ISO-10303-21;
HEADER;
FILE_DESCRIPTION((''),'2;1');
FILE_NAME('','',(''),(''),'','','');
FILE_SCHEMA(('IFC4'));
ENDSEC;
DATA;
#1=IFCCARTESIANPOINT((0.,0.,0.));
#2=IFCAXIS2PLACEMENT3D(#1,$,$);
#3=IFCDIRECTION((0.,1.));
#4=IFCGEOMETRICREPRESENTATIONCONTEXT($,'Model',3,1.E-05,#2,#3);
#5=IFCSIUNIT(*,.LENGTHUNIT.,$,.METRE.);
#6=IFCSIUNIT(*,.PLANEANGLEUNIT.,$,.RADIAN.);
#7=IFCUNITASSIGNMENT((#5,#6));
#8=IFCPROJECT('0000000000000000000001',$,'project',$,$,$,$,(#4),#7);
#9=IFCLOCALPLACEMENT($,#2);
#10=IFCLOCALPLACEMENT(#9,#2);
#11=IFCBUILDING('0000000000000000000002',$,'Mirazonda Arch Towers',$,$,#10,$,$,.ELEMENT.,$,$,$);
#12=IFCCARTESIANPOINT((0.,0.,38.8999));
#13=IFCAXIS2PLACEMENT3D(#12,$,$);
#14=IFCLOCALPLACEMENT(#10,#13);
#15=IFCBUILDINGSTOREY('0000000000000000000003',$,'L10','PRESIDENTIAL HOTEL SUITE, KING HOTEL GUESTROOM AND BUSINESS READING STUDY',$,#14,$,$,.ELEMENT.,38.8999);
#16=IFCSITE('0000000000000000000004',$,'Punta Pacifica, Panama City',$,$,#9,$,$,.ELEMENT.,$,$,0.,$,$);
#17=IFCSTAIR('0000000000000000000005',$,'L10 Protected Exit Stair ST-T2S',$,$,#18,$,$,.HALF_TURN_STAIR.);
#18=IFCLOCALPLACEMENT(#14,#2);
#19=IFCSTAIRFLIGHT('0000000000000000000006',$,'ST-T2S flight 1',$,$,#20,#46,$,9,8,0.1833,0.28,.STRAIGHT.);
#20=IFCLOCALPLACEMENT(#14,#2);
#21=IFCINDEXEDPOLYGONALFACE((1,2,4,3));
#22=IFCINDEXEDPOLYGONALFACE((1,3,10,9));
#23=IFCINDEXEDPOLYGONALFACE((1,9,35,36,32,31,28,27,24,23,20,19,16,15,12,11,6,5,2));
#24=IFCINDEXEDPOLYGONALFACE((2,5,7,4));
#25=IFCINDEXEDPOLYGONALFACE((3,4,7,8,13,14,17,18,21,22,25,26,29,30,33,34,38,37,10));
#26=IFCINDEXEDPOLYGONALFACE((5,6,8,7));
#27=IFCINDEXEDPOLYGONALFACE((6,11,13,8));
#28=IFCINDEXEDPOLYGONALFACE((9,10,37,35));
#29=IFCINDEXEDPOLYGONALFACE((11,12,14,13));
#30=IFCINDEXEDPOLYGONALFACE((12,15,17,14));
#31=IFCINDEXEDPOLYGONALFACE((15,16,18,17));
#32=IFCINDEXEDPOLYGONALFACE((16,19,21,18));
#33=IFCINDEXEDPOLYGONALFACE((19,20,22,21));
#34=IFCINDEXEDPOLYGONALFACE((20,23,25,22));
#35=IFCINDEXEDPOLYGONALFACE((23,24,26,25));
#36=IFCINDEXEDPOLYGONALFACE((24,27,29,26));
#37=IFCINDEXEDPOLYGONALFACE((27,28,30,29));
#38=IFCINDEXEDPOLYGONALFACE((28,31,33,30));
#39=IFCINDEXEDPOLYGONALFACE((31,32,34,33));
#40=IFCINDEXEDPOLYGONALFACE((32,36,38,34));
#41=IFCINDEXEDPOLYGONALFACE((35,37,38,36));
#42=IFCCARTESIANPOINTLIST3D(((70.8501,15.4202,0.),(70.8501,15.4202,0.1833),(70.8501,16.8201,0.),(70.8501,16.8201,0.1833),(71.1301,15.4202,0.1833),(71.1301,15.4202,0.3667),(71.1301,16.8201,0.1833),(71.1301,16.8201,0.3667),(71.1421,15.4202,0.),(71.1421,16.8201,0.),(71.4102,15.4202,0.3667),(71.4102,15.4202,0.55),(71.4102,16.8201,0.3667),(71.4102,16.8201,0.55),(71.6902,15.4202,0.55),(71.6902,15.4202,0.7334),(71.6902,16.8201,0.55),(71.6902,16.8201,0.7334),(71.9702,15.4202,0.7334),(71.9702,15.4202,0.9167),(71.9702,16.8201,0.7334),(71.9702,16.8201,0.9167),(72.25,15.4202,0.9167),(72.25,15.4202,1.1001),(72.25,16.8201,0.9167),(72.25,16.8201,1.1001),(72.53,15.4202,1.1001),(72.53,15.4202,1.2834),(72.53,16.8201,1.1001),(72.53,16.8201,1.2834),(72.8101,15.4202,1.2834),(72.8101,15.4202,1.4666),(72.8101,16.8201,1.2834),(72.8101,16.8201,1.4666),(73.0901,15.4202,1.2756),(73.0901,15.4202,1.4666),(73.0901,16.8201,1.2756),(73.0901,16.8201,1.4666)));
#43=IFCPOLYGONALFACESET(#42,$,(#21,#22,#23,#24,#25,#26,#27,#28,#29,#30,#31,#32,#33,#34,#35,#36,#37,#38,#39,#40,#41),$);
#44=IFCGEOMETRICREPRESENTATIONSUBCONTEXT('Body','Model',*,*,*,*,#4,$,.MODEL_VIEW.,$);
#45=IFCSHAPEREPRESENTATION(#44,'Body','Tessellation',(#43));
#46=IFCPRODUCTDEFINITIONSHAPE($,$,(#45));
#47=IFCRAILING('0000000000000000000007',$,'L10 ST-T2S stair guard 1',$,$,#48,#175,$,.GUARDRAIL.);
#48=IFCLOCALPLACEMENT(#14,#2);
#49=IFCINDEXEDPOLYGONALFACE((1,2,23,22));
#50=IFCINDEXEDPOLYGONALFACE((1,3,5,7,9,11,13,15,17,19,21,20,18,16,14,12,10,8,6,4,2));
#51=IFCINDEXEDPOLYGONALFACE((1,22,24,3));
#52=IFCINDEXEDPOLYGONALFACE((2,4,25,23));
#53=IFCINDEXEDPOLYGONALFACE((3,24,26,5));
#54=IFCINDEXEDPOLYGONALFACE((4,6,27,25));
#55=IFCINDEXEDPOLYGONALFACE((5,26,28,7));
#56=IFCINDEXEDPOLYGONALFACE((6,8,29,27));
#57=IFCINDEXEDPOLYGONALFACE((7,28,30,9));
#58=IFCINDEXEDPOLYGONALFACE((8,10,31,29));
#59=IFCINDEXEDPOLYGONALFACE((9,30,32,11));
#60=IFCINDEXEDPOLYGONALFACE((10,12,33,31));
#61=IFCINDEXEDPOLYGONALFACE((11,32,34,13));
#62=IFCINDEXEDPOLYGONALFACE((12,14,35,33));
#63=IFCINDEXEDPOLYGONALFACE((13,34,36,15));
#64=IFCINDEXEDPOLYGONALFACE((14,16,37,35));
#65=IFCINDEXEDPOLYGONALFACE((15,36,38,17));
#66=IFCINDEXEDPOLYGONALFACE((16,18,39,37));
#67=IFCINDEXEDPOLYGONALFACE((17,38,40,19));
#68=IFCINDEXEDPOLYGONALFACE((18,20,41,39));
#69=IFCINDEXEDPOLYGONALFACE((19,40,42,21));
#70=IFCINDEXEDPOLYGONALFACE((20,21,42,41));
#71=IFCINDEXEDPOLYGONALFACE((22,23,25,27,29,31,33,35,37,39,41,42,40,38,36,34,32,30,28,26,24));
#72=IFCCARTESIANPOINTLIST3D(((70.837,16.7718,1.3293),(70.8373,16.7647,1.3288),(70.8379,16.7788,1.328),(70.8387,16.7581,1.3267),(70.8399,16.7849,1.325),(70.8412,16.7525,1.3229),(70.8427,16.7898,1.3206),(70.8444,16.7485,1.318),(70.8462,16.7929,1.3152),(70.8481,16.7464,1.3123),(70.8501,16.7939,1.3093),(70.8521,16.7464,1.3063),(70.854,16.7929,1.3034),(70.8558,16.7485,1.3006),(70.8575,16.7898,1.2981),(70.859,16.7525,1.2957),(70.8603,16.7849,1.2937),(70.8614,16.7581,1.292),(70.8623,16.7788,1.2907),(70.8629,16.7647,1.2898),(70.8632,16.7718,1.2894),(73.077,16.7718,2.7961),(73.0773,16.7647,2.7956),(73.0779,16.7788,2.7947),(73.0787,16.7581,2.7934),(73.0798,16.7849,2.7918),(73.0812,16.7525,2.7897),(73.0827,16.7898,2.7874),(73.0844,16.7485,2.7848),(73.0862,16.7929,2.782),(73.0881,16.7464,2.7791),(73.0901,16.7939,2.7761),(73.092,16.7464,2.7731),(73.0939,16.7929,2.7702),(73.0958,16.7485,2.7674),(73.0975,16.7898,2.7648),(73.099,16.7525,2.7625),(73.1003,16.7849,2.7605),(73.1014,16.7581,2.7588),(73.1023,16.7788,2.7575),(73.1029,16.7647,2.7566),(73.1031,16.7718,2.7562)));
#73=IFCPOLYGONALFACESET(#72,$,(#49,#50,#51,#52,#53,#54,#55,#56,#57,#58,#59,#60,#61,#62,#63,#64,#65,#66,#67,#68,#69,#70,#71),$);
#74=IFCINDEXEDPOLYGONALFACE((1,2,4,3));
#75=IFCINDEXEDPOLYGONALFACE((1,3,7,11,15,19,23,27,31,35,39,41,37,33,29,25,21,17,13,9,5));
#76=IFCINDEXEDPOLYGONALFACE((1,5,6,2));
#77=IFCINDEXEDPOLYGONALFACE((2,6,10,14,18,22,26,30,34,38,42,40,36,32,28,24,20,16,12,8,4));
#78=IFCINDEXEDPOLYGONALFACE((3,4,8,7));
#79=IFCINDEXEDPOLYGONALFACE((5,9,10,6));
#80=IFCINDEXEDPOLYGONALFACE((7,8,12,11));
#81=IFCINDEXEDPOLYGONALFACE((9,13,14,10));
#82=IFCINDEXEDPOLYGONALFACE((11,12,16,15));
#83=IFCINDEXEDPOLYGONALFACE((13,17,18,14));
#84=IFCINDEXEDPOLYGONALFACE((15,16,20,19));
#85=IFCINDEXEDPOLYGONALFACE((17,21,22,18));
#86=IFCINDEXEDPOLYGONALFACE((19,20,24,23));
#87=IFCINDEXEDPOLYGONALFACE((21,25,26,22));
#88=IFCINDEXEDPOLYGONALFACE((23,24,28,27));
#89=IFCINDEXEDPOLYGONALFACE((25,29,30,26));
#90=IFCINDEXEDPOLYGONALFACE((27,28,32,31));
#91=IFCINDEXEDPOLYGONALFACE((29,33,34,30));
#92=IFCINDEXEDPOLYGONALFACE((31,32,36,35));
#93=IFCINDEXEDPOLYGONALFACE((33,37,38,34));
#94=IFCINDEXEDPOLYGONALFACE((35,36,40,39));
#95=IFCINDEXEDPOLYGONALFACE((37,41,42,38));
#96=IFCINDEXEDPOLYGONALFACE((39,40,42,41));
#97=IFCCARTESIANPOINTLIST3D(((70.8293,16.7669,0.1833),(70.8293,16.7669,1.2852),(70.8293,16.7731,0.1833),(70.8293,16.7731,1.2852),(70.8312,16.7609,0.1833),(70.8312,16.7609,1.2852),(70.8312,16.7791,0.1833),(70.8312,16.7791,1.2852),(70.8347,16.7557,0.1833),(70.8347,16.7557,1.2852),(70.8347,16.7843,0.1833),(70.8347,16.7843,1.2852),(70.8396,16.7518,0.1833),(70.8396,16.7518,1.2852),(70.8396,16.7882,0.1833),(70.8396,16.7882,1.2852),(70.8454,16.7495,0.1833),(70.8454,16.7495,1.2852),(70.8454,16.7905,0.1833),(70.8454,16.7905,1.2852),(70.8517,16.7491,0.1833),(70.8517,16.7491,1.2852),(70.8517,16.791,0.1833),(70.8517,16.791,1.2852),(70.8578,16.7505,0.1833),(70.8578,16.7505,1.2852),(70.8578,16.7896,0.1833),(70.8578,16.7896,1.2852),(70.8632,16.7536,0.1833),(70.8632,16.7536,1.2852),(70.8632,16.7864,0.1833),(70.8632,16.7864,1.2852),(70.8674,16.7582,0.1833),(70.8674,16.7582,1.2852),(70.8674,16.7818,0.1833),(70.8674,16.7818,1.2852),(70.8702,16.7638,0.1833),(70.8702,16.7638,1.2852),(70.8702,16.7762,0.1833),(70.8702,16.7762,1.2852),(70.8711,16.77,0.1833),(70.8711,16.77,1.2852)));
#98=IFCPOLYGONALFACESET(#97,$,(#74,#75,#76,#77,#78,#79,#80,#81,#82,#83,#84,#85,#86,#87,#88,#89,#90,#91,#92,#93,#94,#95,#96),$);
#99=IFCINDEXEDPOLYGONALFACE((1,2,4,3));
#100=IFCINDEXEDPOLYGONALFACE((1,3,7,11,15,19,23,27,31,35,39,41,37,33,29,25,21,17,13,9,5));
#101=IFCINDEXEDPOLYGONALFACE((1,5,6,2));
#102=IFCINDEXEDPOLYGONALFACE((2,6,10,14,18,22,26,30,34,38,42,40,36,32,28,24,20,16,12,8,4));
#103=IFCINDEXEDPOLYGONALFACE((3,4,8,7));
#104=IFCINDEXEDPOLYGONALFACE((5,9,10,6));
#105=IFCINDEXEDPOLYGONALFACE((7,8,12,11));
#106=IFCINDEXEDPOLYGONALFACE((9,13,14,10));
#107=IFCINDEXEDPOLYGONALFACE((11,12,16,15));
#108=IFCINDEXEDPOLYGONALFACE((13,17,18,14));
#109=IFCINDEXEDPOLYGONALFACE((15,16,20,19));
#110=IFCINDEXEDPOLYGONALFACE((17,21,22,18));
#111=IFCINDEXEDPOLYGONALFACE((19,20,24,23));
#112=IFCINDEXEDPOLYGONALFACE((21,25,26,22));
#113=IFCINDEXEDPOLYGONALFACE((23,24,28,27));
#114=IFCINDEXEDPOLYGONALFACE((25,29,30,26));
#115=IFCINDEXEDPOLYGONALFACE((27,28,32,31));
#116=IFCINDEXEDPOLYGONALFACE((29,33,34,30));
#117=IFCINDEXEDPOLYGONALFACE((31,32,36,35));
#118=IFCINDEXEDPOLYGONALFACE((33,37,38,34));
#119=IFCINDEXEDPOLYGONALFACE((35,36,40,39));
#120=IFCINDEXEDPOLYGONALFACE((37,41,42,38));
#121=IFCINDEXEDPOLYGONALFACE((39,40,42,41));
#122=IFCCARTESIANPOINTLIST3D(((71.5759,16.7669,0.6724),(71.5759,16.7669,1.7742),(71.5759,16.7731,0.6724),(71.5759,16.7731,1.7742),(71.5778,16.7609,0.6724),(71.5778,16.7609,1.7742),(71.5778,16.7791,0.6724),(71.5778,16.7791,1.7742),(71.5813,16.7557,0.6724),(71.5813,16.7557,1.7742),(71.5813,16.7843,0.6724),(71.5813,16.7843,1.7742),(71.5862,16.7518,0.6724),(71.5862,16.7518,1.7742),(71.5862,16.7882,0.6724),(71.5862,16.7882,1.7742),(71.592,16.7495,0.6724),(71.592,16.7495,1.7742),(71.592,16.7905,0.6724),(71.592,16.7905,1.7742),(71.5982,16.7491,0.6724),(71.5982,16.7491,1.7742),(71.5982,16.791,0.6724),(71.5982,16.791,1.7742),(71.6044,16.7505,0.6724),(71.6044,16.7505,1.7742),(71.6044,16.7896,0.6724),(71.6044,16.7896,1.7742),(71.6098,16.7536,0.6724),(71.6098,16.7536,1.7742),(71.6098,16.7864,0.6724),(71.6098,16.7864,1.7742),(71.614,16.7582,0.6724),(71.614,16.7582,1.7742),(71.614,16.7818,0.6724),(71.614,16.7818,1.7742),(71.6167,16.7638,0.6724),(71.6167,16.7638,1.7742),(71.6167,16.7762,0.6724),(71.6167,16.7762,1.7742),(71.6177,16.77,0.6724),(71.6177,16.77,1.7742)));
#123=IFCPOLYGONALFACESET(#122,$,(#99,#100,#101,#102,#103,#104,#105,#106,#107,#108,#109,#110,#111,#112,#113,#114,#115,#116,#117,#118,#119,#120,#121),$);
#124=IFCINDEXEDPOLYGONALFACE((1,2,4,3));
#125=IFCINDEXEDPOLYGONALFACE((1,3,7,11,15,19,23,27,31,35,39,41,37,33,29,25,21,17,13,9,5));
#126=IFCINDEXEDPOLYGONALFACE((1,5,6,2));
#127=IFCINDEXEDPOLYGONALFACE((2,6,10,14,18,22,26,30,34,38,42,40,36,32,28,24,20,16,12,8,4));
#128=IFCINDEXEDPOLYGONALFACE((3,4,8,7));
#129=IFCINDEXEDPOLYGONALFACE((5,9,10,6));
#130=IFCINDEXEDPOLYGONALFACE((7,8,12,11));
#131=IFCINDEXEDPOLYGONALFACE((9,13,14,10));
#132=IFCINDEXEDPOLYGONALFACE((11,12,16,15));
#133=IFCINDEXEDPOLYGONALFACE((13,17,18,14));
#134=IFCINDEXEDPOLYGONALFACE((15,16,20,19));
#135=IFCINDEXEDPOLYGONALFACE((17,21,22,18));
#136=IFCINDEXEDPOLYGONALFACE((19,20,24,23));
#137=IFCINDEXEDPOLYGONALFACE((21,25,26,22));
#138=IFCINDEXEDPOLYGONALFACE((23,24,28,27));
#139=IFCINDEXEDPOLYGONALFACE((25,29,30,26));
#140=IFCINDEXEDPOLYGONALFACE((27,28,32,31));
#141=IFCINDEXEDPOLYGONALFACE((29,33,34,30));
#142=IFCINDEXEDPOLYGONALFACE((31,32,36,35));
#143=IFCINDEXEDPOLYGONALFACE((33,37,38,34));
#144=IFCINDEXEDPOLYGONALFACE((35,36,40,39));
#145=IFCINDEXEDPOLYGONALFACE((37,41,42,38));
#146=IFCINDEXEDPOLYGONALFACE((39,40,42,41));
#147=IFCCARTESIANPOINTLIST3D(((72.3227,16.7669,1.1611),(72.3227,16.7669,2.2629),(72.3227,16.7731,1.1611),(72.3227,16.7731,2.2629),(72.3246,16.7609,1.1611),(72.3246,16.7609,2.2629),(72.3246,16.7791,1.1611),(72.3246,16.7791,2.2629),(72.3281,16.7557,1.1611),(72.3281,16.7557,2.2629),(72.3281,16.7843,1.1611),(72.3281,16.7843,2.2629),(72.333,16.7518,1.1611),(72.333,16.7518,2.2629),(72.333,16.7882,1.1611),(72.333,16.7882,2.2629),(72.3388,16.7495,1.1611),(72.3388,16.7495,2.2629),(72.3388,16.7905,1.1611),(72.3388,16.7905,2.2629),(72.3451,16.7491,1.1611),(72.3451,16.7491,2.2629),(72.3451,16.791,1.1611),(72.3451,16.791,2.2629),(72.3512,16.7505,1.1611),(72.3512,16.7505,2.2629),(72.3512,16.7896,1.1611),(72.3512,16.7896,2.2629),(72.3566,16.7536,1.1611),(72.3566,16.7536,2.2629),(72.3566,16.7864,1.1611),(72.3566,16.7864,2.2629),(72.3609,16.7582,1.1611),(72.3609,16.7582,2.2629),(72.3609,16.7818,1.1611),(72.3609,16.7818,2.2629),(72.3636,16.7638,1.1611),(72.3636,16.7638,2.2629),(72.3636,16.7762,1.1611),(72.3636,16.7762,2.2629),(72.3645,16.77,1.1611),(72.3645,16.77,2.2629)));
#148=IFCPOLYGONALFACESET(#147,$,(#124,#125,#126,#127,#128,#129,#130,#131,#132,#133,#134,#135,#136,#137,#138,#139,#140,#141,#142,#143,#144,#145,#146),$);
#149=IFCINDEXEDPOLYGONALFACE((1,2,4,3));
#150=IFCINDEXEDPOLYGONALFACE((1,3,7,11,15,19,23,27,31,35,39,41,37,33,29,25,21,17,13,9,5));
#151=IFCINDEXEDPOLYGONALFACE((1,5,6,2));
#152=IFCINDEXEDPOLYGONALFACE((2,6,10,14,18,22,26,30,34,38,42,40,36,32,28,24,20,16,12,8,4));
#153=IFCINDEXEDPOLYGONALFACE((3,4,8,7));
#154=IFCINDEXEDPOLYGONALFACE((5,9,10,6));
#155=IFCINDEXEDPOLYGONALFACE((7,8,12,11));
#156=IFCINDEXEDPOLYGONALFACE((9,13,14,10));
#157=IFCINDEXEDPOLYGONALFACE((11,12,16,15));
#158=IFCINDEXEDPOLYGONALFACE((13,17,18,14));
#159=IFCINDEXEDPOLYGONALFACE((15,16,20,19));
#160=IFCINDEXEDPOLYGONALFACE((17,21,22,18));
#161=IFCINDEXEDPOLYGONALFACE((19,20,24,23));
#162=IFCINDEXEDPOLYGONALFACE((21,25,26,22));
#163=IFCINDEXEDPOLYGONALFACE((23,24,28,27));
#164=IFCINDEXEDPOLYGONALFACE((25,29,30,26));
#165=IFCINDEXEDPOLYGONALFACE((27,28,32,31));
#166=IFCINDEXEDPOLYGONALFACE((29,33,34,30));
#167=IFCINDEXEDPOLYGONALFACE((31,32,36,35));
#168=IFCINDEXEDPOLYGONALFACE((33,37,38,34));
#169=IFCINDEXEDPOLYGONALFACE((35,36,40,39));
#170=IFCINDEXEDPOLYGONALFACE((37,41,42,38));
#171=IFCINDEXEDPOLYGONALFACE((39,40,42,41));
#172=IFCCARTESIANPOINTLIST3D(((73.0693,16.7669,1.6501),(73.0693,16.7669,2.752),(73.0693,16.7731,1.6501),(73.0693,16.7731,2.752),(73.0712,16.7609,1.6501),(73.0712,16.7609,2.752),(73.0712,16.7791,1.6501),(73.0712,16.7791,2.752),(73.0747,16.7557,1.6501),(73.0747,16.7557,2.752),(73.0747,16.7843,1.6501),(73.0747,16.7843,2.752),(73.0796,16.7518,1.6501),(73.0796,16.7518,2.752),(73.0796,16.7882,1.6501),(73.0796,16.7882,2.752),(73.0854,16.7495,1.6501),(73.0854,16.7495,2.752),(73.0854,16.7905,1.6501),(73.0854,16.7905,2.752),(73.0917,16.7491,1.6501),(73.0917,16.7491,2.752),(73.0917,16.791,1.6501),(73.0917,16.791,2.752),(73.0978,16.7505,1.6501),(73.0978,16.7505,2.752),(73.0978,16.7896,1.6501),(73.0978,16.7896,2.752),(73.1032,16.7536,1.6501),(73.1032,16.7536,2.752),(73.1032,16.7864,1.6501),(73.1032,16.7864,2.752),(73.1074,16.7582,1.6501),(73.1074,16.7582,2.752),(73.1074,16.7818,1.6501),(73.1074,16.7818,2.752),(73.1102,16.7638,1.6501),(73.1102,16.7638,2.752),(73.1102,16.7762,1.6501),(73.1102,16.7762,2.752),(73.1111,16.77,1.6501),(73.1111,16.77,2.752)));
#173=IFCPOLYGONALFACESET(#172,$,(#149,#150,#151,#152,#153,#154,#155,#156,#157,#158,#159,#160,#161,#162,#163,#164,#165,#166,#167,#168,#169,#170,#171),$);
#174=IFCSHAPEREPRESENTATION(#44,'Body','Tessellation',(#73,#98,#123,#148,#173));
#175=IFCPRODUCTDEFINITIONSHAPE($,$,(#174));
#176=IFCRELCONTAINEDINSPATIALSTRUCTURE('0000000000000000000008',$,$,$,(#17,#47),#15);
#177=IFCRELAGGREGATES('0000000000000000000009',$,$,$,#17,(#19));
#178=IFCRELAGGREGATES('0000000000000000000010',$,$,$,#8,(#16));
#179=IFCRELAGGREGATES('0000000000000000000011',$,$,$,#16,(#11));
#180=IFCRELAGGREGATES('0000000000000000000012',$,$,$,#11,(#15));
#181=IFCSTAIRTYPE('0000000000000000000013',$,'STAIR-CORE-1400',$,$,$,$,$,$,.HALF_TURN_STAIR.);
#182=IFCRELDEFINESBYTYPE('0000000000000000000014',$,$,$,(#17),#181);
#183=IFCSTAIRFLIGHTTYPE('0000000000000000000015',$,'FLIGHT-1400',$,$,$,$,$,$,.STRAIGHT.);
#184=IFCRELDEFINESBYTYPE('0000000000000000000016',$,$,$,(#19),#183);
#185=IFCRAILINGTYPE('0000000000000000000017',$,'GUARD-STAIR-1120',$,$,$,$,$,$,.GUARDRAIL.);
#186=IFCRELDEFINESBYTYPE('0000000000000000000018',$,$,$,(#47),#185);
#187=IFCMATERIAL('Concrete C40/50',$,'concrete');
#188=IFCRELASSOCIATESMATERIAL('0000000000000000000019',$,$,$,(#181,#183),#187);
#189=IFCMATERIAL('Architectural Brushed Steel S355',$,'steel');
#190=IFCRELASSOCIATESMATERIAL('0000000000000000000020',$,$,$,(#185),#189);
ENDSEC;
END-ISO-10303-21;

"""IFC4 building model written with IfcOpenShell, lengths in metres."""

from ifc_helpers import new_model, si_unit, direction, frame, origin, origin_2d, place, context, subcontext, project, spatial, polyline, circle, outline, extrude, material, type_object, element, aggregate, save


model = new_model("IFC4")

# Units and contexts
model_context = context("Model", 3, precision=1e-05, world=origin(), true_north=direction((0.0, 1.0)))
body_context = subcontext(model_context, "Body", "Model", "MODEL_VIEW")
ifc_project = project(units=[si_unit("LENGTHUNIT", "METRE"), si_unit("PLANEANGLEUNIT", "RADIAN")], contexts=[model_context])

# Site, building, storey
site_placement = place(None, origin())
site = spatial("IfcSite", under=ifc_project, at=site_placement, Name="Punta Pacifica, Panama City", CompositionType="ELEMENT", RefElevation=0.0)
building_placement = place(site_placement, origin())
building = spatial("IfcBuilding", under=site, at=building_placement, Name="Mirazonda Arch Towers", CompositionType="ELEMENT")
storey_placement = place(building_placement, frame((0.0, 0.0, 38.8999)))
storey = spatial("IfcBuildingStorey", under=building, at=storey_placement, Name="L10", Description="PRESIDENTIAL HOTEL SUITE, KING HOTEL GUESTROOM AND BUSINESS READING STUDY", CompositionType="ELEMENT", Elevation=38.8999)

# Stair, stair flight
ifc_material_1 = material(Name="Concrete C40/50", Category="concrete")
stair_type = type_object("IfcStairType", Name="STAIR-CORE-1400", PredefinedType="HALF_TURN_STAIR", material=ifc_material_1)
stair_placement = place(storey_placement, origin())
stair = element("IfcStair", 1, at=stair_placement, inside=storey, type_object=stair_type, Name="L10 Protected Exit Stair ST-T2S", PredefinedType="HALF_TURN_STAIR")
stair_flight_type = type_object("IfcStairFlightType", Name="FLIGHT-1400", PredefinedType="STRAIGHT", material=ifc_material_1)
stair_flight_placement = place(storey_placement, frame((70.8501, 16.1201, 0.0), z_axis=(0.0, 0.0, 1.0), x_axis=(1.0, 0.0, 0.0)))
stair_flight = element("IfcStairFlight", 2, at=stair_flight_placement, type_object=stair_flight_type, Name="ST-T2S flight 1", NumberOfRisers=9, NumberOfTreads=8, PredefinedType="STRAIGHT", RiserHeight=0.1833, TreadLength=0.28, context=body_context, shape_type="SweptSolid", body=[
    extrude(outline(polyline([(0.0, 0.0), (0.0, 0.1833), (0.28, 0.1833), (0.28, 0.3667), (0.5601, 0.3667), (0.5601, 0.55), (0.8401, 0.55), (0.8401, 0.7334), (1.1201, 0.7334), (1.1201, 0.9167), (1.3999, 0.9167), (1.3999, 1.1001), (1.6799, 1.1001), (1.6799, 1.2834), (1.96, 1.2834), (1.96, 1.4666), (2.24, 1.4666), (2.24, 1.6499), (2.24, 1.2756), (0.292, 0.0), (0.0, 0.0)])), frame((0.0, 0.7, 0.0), z_axis=(0.0, -1.0, 0.0), x_axis=(1.0, 0.0, 0.0)), (0.0, 0.0, 1.0), 1.3999),
])
aggregate(stair, [stair_flight])

# Railing
ifc_material_2 = material(Name="Architectural Brushed Steel S355", Category="steel")
railing_type_1 = type_object("IfcRailingType", Name="GUARD-STAIR-1120", PredefinedType="GUARDRAIL", material=ifc_material_2)
railing_1_placement = place(storey_placement, frame((70.8501, 16.77, 0.1833)))
element("IfcRailing", 3, at=railing_1_placement, inside=storey, type_object=railing_type_1, Name="L10 ST-T2S stair guard 1", PredefinedType="GUARDRAIL", context=body_context, shape_type="SweptSolid", body=[
    extrude(circle(Radius=0.0239, at=origin_2d()), frame((0.0, 0.0, 1.126), z_axis=(0.836595, 0.0, 0.547822), x_axis=(0.0, 1.0, 0.0)), (0.0, 0.0, 1.0), 2.6775),
    extrude(circle(Radius=0.021, at=origin_2d()), origin(), (0.0, 0.0, 1.0), 1.1018),
    extrude(circle(Radius=0.021, at=origin_2d()), frame((0.7466, 0.0, 0.489)), (0.0, 0.0, 1.0), 1.1018),
    extrude(circle(Radius=0.021, at=origin_2d()), frame((1.4934, 0.0, 0.9778)), (0.0, 0.0, 1.0), 1.1018),
    extrude(circle(Radius=0.021, at=origin_2d()), frame((2.24, 0.0, 1.4668)), (0.0, 0.0, 1.0), 1.1018),
])

save(model, "model.ifc")
